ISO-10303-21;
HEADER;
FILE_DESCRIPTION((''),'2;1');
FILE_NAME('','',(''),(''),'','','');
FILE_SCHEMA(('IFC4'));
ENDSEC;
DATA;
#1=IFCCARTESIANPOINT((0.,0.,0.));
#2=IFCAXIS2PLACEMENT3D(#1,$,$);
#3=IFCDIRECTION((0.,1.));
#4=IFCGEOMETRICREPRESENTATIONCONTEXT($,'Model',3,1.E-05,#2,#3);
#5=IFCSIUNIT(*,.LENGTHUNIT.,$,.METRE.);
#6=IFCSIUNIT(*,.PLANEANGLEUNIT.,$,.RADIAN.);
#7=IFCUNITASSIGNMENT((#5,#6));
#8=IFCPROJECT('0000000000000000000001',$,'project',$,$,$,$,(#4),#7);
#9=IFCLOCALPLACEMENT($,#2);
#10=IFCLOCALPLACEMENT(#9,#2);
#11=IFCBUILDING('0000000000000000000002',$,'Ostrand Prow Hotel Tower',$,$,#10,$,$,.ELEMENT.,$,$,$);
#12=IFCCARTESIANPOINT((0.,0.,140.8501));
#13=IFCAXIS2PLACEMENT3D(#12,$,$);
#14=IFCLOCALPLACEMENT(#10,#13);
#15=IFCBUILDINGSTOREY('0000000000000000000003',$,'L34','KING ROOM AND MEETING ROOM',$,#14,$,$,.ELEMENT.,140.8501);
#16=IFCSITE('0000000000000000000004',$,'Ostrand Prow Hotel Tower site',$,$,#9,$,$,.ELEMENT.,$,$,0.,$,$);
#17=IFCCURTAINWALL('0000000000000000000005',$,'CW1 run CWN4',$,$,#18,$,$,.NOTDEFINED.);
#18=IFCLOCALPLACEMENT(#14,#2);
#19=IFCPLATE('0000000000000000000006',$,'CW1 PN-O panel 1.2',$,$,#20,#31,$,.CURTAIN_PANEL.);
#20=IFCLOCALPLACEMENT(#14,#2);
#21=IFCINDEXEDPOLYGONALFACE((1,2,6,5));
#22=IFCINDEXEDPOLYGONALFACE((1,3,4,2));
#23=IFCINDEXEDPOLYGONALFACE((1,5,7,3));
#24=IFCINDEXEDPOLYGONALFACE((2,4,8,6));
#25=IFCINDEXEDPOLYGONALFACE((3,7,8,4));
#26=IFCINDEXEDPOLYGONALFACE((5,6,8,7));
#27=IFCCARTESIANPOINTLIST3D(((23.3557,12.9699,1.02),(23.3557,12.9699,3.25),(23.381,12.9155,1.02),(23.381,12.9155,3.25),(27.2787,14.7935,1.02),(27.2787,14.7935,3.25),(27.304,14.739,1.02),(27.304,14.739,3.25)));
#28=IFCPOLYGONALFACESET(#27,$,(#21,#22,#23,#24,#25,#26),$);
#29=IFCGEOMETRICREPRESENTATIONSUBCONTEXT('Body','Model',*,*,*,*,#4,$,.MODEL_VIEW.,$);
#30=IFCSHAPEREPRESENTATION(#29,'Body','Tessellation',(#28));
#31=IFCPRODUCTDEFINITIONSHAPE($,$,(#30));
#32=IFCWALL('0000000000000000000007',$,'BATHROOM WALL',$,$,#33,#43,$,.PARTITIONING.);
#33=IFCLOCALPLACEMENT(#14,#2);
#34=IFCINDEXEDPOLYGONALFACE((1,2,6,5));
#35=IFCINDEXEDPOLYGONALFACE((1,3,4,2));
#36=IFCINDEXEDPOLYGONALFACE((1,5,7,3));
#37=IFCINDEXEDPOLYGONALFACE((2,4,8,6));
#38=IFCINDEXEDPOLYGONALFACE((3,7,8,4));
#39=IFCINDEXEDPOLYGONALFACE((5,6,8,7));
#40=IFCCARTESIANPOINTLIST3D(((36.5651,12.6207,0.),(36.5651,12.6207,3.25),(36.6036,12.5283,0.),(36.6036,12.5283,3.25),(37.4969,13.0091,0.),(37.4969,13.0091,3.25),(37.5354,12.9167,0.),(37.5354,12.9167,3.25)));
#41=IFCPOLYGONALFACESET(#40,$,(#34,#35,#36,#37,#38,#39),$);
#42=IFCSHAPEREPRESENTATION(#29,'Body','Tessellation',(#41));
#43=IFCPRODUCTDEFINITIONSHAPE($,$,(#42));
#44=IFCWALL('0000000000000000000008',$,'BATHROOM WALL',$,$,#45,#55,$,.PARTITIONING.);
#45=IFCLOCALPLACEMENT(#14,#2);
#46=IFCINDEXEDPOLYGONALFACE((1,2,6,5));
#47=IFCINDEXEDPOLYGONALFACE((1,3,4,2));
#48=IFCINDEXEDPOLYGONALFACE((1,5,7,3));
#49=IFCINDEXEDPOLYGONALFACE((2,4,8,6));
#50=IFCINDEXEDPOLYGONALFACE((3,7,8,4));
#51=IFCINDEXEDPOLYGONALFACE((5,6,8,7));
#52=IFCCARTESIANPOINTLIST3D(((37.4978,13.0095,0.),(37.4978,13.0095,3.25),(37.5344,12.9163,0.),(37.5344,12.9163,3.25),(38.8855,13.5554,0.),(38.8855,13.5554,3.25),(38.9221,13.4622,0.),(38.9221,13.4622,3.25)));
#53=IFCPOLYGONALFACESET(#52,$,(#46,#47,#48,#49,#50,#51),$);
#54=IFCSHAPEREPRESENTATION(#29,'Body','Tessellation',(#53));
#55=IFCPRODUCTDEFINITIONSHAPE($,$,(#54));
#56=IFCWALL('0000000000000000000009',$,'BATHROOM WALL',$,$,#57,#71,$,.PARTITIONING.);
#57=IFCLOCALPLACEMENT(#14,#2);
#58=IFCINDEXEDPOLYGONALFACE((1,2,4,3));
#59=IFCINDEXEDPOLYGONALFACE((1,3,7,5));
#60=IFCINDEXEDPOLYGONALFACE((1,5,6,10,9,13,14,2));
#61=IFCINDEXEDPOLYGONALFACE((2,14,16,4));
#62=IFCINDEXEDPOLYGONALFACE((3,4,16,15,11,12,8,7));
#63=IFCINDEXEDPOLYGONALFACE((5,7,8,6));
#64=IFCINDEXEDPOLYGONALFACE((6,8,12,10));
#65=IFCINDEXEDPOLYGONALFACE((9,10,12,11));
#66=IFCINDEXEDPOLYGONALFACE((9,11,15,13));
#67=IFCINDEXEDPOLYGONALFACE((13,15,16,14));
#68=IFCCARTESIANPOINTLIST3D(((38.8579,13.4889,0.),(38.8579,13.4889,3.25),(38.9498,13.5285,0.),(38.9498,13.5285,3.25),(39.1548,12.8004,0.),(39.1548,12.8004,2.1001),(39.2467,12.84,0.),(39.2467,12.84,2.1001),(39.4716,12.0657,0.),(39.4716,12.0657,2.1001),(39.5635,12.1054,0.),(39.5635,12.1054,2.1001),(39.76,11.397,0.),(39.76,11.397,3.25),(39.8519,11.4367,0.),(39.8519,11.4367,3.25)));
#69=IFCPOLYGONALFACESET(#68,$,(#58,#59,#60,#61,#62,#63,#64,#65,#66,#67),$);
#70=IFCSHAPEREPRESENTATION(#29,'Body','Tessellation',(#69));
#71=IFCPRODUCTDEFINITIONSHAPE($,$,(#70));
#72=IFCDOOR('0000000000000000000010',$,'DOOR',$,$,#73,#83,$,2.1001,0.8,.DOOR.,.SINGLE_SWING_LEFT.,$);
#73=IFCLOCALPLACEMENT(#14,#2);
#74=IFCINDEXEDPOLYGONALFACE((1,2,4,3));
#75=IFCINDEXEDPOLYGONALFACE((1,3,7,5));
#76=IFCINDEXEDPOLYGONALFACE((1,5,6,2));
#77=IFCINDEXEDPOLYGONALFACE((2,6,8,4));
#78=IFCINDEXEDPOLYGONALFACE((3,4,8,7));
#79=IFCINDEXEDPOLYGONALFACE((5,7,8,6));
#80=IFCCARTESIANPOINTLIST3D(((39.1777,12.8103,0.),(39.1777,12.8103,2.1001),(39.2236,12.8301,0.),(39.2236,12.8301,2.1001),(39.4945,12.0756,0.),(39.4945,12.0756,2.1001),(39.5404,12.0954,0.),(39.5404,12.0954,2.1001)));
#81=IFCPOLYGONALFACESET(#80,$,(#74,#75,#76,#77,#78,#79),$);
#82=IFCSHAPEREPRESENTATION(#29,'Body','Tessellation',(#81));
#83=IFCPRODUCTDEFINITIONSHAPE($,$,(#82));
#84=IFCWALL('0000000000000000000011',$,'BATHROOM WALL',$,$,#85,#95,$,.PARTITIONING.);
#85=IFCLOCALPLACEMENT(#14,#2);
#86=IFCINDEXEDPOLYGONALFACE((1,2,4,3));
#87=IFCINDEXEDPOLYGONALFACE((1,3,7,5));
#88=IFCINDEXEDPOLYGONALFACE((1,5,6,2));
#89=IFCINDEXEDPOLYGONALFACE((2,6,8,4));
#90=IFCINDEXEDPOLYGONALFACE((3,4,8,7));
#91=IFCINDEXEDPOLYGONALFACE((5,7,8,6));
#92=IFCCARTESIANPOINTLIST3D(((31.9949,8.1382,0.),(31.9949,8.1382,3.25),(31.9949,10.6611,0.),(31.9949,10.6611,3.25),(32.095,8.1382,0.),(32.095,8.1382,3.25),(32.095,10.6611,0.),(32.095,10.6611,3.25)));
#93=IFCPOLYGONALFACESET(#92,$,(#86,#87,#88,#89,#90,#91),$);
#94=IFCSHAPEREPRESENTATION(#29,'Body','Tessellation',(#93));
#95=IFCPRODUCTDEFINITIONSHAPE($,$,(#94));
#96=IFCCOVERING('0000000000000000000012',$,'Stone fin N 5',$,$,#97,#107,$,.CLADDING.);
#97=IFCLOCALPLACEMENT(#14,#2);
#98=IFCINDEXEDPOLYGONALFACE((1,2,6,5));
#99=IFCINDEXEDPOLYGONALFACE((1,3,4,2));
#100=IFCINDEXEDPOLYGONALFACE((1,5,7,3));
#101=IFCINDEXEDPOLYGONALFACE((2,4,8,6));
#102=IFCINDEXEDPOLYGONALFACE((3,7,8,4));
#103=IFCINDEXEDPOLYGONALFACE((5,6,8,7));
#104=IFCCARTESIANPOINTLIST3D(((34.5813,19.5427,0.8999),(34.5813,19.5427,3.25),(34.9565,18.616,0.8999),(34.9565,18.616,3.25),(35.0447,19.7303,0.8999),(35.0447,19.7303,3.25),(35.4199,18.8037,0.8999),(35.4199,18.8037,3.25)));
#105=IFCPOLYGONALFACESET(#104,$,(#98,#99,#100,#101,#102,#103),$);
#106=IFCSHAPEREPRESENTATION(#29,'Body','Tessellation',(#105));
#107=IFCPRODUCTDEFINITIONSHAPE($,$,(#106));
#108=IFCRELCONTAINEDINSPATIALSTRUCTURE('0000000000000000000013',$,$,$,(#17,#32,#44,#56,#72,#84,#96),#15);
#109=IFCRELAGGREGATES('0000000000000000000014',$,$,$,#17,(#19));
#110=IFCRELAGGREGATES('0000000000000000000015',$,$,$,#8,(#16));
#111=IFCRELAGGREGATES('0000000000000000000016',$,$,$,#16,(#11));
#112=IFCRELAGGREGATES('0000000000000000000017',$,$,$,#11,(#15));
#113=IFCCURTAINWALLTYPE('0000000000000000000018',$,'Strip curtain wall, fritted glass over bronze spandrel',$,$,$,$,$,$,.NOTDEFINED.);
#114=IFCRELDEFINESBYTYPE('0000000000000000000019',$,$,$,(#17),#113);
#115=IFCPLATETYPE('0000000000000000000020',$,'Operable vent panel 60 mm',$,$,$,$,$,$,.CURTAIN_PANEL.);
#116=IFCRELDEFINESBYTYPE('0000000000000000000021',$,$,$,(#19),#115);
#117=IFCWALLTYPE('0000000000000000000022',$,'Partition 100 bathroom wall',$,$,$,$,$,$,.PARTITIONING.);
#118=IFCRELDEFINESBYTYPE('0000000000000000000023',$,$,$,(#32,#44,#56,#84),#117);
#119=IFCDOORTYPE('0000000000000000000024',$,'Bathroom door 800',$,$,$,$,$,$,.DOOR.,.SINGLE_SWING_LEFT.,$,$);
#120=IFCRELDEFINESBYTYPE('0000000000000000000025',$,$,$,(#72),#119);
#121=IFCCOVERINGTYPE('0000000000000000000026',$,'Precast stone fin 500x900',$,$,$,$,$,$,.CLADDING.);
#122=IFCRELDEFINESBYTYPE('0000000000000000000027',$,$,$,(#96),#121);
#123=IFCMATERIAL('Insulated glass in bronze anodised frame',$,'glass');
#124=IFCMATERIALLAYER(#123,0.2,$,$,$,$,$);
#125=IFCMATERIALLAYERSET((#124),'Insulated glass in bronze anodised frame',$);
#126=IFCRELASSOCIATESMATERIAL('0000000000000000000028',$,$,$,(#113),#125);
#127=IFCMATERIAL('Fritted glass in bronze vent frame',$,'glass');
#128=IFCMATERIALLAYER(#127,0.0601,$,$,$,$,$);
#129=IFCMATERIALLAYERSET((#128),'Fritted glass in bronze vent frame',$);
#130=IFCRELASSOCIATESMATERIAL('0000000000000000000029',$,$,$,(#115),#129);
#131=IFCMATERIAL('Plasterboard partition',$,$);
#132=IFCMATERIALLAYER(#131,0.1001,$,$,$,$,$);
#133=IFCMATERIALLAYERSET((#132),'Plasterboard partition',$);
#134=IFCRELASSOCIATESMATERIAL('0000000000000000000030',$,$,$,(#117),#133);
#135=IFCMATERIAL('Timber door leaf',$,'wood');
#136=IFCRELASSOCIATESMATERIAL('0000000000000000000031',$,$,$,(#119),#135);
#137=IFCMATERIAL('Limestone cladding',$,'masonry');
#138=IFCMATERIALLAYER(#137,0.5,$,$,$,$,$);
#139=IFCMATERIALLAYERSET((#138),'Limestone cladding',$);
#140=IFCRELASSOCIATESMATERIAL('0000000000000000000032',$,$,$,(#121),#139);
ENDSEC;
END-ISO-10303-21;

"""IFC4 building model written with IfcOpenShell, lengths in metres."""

from ifc_helpers import new_model, si_unit, direction, frame, frame_2d, origin, origin_2d, place, context, subcontext, project, spatial, rectangle, extrude, material, layer, layer_set, type_object, element, fill, aggregate, save


model = new_model("IFC4")

# Units and contexts
model_context = context("Model", 3, precision=1e-05, world=origin(), true_north=direction((0.0, 1.0)))
body_context = subcontext(model_context, "Body", "Model", "MODEL_VIEW")
ifc_project = project(units=[si_unit("LENGTHUNIT", "METRE"), si_unit("PLANEANGLEUNIT", "RADIAN")], contexts=[model_context])

# Site, building, storey
site_placement = place(None, origin())
site = spatial("IfcSite", under=ifc_project, at=site_placement, Name="Ostrand Prow Hotel Tower site", CompositionType="ELEMENT", RefElevation=0.0)
building_placement = place(site_placement, origin())
building = spatial("IfcBuilding", under=site, at=building_placement, Name="Ostrand Prow Hotel Tower", CompositionType="ELEMENT")
storey_placement = place(building_placement, frame((0.0, 0.0, 140.8501)))
storey = spatial("IfcBuildingStorey", under=building, at=storey_placement, Name="L34", Description="KING ROOM AND MEETING ROOM", CompositionType="ELEMENT", Elevation=140.8501)

# Shared definitions
ifc_material_1 = material(Name="Insulated glass in bronze anodised frame", Category="glass")
ifc_layer_1 = layer(ifc_material_1, 0.2)
ifc_layer_set_1 = layer_set([ifc_layer_1], Name="Insulated glass in bronze anodised frame")
curtain_wall_type = type_object("IfcCurtainWallType", Name="Strip curtain wall, fritted glass over bronze spandrel", PredefinedType="NOTDEFINED", material=ifc_layer_set_1)

# Curtain wall
curtain_wall_1_placement = place(storey_placement, origin())
curtain_wall_1 = element("IfcCurtainWall", 1, at=curtain_wall_1_placement, inside=storey, type_object=curtain_wall_type, Name="CW1 run CWN4", PredefinedType="NOTDEFINED")

# Plate
ifc_material_2 = material(Name="Fritted glass in bronze vent frame", Category="glass")
ifc_layer_2 = layer(ifc_material_2, 0.0601)
ifc_layer_set_2 = layer_set([ifc_layer_2], Name="Fritted glass in bronze vent frame")
plate_type_1 = type_object("IfcPlateType", Name="Operable vent panel 60 mm", PredefinedType="CURTAIN_PANEL", material=ifc_layer_set_2)
plate_1_placement = place(storey_placement, frame((25.3298, 13.8545, 1.02), z_axis=(0.0, 0.0, 1.0), x_axis=(-0.906818, -0.421522, 0.0)))
plate_1 = element("IfcPlate", 2, at=plate_1_placement, type_object=plate_type_1, Name="CW1 PN-O panel 1.2", PredefinedType="CURTAIN_PANEL", context=body_context, shape_type="SweptSolid", body=[
    extrude(rectangle(XDim=4.3262, YDim=0.0601, at=origin_2d()), origin(), (0.0, 0.0, 1.0), 2.23),
])
aggregate(curtain_wall_1, [plate_1])

# Walls
ifc_material_3 = material(Name="Plasterboard partition")
ifc_layer_3 = layer(ifc_material_3, 0.1001)
ifc_layer_set_3 = layer_set([ifc_layer_3], Name="Plasterboard partition")
wall_type = type_object("IfcWallType", Name="Partition 100 bathroom wall", PredefinedType="PARTITIONING", material=ifc_layer_set_3)
wall_1_placement = place(storey_placement, frame((36.5842, 12.5745, 0.0), z_axis=(0.0, 0.0, 1.0), x_axis=(0.923027, 0.384736, 0.0)))
element("IfcWall", 3, at=wall_1_placement, inside=storey, type_object=wall_type, Name="BATHROOM WALL", PredefinedType="PARTITIONING", context=body_context, shape_type="SweptSolid", body=[
    extrude(rectangle(XDim=1.0095, YDim=0.1001, at=frame_2d((0.5049, 0.0))), origin(), (0.0, 0.0, 1.0), 3.25),
])
wall_2_placement = place(storey_placement, frame((37.5161, 12.9629, 0.0), z_axis=(0.0, 0.0, 1.0), x_axis=(0.930584, 0.366078, 0.0)))
element("IfcWall", 4, at=wall_2_placement, inside=storey, type_object=wall_type, Name="BATHROOM WALL", PredefinedType="PARTITIONING", context=body_context, shape_type="SweptSolid", body=[
    extrude(rectangle(XDim=1.4912, YDim=0.1001, at=frame_2d((0.7456, 0.0))), origin(), (0.0, 0.0, 1.0), 3.25),
])

# Wall, opening, door
wall_3_placement = place(storey_placement, frame((38.9038, 13.5088, 0.0), z_axis=(0.0, 0.0, 1.0), x_axis=(0.396001, -0.91825, 0.0)))
wall_3 = element("IfcWall", 5, at=wall_3_placement, inside=storey, type_object=wall_type, Name="BATHROOM WALL", PredefinedType="PARTITIONING", context=body_context, shape_type="SweptSolid", body=[
    extrude(rectangle(XDim=2.2781, YDim=0.1001, at=frame_2d((1.1392, 0.0))), origin(), (0.0, 0.0, 1.0), 3.25),
])
opening_placement = place(wall_3_placement, frame((0.75, 0.0, 0.0)))
opening = element("IfcOpeningElement", 6, at=opening_placement, cuts=wall_3, PredefinedType="OPENING", context=body_context, shape_type="SweptSolid", body=[
    extrude(rectangle(XDim=0.8, YDim=2.1001, at=frame_2d((0.3999, 1.05))), frame((0.0, 0.0601, 0.0), z_axis=(0.0, -1.0, 0.0), x_axis=(1.0, 0.0, 0.0)), (0.0, 0.0, 1.0), 0.1201),
])
ifc_material_4 = material(Name="Timber door leaf", Category="wood")
door_type = type_object("IfcDoorType", Name="Bathroom door 800", OperationType="SINGLE_SWING_LEFT", PredefinedType="DOOR", material=ifc_material_4)
door_placement = place(opening_placement, origin())
door = element("IfcDoor", 7, at=door_placement, inside=storey, type_object=door_type, Name="DOOR", OperationType="SINGLE_SWING_LEFT", OverallHeight=2.1001, OverallWidth=0.8, PredefinedType="DOOR", context=body_context, shape_type="SweptSolid", body=[
    extrude(rectangle(XDim=0.8, YDim=2.1001, at=frame_2d((0.3999, 1.05))), frame((0.0, 0.0249, 0.0), z_axis=(0.0, -1.0, 0.0), x_axis=(1.0, 0.0, 0.0)), (0.0, 0.0, 1.0), 0.05),
])
fill(opening, door)

# Wall
wall_4_placement = place(storey_placement, frame((32.0449, 10.6611, 0.0), z_axis=(0.0, 0.0, 1.0), x_axis=(0.0, -1.0, 0.0)))
element("IfcWall", 8, at=wall_4_placement, inside=storey, type_object=wall_type, Name="BATHROOM WALL", PredefinedType="PARTITIONING", context=body_context, shape_type="SweptSolid", body=[
    extrude(rectangle(XDim=2.5229, YDim=0.1001, at=frame_2d((1.2615, 0.0))), origin(), (0.0, 0.0, 1.0), 3.25),
])

# Covering
ifc_material_5 = material(Name="Limestone cladding", Category="masonry")
ifc_layer_4 = layer(ifc_material_5, 0.5)
ifc_layer_set_4 = layer_set([ifc_layer_4], Name="Limestone cladding")
covering_type = type_object("IfcCoveringType", Name="Precast stone fin 500x900", PredefinedType="CLADDING", material=ifc_layer_set_4)
covering_placement = place(storey_placement, frame((35.1882, 18.7097, 0.8999), z_axis=(0.0, 0.0, 1.0), x_axis=(-0.375303, 0.926902, 0.0)))
element("IfcCovering", 9, at=covering_placement, inside=storey, type_object=covering_type, Name="Stone fin N 5", PredefinedType="CLADDING", context=body_context, shape_type="SweptSolid", body=[
    extrude(rectangle(XDim=0.9998, YDim=0.5, at=frame_2d((0.5, 0.0))), origin(), (0.0, 0.0, 1.0), 2.3501),
])

save(model, "model.ifc")
